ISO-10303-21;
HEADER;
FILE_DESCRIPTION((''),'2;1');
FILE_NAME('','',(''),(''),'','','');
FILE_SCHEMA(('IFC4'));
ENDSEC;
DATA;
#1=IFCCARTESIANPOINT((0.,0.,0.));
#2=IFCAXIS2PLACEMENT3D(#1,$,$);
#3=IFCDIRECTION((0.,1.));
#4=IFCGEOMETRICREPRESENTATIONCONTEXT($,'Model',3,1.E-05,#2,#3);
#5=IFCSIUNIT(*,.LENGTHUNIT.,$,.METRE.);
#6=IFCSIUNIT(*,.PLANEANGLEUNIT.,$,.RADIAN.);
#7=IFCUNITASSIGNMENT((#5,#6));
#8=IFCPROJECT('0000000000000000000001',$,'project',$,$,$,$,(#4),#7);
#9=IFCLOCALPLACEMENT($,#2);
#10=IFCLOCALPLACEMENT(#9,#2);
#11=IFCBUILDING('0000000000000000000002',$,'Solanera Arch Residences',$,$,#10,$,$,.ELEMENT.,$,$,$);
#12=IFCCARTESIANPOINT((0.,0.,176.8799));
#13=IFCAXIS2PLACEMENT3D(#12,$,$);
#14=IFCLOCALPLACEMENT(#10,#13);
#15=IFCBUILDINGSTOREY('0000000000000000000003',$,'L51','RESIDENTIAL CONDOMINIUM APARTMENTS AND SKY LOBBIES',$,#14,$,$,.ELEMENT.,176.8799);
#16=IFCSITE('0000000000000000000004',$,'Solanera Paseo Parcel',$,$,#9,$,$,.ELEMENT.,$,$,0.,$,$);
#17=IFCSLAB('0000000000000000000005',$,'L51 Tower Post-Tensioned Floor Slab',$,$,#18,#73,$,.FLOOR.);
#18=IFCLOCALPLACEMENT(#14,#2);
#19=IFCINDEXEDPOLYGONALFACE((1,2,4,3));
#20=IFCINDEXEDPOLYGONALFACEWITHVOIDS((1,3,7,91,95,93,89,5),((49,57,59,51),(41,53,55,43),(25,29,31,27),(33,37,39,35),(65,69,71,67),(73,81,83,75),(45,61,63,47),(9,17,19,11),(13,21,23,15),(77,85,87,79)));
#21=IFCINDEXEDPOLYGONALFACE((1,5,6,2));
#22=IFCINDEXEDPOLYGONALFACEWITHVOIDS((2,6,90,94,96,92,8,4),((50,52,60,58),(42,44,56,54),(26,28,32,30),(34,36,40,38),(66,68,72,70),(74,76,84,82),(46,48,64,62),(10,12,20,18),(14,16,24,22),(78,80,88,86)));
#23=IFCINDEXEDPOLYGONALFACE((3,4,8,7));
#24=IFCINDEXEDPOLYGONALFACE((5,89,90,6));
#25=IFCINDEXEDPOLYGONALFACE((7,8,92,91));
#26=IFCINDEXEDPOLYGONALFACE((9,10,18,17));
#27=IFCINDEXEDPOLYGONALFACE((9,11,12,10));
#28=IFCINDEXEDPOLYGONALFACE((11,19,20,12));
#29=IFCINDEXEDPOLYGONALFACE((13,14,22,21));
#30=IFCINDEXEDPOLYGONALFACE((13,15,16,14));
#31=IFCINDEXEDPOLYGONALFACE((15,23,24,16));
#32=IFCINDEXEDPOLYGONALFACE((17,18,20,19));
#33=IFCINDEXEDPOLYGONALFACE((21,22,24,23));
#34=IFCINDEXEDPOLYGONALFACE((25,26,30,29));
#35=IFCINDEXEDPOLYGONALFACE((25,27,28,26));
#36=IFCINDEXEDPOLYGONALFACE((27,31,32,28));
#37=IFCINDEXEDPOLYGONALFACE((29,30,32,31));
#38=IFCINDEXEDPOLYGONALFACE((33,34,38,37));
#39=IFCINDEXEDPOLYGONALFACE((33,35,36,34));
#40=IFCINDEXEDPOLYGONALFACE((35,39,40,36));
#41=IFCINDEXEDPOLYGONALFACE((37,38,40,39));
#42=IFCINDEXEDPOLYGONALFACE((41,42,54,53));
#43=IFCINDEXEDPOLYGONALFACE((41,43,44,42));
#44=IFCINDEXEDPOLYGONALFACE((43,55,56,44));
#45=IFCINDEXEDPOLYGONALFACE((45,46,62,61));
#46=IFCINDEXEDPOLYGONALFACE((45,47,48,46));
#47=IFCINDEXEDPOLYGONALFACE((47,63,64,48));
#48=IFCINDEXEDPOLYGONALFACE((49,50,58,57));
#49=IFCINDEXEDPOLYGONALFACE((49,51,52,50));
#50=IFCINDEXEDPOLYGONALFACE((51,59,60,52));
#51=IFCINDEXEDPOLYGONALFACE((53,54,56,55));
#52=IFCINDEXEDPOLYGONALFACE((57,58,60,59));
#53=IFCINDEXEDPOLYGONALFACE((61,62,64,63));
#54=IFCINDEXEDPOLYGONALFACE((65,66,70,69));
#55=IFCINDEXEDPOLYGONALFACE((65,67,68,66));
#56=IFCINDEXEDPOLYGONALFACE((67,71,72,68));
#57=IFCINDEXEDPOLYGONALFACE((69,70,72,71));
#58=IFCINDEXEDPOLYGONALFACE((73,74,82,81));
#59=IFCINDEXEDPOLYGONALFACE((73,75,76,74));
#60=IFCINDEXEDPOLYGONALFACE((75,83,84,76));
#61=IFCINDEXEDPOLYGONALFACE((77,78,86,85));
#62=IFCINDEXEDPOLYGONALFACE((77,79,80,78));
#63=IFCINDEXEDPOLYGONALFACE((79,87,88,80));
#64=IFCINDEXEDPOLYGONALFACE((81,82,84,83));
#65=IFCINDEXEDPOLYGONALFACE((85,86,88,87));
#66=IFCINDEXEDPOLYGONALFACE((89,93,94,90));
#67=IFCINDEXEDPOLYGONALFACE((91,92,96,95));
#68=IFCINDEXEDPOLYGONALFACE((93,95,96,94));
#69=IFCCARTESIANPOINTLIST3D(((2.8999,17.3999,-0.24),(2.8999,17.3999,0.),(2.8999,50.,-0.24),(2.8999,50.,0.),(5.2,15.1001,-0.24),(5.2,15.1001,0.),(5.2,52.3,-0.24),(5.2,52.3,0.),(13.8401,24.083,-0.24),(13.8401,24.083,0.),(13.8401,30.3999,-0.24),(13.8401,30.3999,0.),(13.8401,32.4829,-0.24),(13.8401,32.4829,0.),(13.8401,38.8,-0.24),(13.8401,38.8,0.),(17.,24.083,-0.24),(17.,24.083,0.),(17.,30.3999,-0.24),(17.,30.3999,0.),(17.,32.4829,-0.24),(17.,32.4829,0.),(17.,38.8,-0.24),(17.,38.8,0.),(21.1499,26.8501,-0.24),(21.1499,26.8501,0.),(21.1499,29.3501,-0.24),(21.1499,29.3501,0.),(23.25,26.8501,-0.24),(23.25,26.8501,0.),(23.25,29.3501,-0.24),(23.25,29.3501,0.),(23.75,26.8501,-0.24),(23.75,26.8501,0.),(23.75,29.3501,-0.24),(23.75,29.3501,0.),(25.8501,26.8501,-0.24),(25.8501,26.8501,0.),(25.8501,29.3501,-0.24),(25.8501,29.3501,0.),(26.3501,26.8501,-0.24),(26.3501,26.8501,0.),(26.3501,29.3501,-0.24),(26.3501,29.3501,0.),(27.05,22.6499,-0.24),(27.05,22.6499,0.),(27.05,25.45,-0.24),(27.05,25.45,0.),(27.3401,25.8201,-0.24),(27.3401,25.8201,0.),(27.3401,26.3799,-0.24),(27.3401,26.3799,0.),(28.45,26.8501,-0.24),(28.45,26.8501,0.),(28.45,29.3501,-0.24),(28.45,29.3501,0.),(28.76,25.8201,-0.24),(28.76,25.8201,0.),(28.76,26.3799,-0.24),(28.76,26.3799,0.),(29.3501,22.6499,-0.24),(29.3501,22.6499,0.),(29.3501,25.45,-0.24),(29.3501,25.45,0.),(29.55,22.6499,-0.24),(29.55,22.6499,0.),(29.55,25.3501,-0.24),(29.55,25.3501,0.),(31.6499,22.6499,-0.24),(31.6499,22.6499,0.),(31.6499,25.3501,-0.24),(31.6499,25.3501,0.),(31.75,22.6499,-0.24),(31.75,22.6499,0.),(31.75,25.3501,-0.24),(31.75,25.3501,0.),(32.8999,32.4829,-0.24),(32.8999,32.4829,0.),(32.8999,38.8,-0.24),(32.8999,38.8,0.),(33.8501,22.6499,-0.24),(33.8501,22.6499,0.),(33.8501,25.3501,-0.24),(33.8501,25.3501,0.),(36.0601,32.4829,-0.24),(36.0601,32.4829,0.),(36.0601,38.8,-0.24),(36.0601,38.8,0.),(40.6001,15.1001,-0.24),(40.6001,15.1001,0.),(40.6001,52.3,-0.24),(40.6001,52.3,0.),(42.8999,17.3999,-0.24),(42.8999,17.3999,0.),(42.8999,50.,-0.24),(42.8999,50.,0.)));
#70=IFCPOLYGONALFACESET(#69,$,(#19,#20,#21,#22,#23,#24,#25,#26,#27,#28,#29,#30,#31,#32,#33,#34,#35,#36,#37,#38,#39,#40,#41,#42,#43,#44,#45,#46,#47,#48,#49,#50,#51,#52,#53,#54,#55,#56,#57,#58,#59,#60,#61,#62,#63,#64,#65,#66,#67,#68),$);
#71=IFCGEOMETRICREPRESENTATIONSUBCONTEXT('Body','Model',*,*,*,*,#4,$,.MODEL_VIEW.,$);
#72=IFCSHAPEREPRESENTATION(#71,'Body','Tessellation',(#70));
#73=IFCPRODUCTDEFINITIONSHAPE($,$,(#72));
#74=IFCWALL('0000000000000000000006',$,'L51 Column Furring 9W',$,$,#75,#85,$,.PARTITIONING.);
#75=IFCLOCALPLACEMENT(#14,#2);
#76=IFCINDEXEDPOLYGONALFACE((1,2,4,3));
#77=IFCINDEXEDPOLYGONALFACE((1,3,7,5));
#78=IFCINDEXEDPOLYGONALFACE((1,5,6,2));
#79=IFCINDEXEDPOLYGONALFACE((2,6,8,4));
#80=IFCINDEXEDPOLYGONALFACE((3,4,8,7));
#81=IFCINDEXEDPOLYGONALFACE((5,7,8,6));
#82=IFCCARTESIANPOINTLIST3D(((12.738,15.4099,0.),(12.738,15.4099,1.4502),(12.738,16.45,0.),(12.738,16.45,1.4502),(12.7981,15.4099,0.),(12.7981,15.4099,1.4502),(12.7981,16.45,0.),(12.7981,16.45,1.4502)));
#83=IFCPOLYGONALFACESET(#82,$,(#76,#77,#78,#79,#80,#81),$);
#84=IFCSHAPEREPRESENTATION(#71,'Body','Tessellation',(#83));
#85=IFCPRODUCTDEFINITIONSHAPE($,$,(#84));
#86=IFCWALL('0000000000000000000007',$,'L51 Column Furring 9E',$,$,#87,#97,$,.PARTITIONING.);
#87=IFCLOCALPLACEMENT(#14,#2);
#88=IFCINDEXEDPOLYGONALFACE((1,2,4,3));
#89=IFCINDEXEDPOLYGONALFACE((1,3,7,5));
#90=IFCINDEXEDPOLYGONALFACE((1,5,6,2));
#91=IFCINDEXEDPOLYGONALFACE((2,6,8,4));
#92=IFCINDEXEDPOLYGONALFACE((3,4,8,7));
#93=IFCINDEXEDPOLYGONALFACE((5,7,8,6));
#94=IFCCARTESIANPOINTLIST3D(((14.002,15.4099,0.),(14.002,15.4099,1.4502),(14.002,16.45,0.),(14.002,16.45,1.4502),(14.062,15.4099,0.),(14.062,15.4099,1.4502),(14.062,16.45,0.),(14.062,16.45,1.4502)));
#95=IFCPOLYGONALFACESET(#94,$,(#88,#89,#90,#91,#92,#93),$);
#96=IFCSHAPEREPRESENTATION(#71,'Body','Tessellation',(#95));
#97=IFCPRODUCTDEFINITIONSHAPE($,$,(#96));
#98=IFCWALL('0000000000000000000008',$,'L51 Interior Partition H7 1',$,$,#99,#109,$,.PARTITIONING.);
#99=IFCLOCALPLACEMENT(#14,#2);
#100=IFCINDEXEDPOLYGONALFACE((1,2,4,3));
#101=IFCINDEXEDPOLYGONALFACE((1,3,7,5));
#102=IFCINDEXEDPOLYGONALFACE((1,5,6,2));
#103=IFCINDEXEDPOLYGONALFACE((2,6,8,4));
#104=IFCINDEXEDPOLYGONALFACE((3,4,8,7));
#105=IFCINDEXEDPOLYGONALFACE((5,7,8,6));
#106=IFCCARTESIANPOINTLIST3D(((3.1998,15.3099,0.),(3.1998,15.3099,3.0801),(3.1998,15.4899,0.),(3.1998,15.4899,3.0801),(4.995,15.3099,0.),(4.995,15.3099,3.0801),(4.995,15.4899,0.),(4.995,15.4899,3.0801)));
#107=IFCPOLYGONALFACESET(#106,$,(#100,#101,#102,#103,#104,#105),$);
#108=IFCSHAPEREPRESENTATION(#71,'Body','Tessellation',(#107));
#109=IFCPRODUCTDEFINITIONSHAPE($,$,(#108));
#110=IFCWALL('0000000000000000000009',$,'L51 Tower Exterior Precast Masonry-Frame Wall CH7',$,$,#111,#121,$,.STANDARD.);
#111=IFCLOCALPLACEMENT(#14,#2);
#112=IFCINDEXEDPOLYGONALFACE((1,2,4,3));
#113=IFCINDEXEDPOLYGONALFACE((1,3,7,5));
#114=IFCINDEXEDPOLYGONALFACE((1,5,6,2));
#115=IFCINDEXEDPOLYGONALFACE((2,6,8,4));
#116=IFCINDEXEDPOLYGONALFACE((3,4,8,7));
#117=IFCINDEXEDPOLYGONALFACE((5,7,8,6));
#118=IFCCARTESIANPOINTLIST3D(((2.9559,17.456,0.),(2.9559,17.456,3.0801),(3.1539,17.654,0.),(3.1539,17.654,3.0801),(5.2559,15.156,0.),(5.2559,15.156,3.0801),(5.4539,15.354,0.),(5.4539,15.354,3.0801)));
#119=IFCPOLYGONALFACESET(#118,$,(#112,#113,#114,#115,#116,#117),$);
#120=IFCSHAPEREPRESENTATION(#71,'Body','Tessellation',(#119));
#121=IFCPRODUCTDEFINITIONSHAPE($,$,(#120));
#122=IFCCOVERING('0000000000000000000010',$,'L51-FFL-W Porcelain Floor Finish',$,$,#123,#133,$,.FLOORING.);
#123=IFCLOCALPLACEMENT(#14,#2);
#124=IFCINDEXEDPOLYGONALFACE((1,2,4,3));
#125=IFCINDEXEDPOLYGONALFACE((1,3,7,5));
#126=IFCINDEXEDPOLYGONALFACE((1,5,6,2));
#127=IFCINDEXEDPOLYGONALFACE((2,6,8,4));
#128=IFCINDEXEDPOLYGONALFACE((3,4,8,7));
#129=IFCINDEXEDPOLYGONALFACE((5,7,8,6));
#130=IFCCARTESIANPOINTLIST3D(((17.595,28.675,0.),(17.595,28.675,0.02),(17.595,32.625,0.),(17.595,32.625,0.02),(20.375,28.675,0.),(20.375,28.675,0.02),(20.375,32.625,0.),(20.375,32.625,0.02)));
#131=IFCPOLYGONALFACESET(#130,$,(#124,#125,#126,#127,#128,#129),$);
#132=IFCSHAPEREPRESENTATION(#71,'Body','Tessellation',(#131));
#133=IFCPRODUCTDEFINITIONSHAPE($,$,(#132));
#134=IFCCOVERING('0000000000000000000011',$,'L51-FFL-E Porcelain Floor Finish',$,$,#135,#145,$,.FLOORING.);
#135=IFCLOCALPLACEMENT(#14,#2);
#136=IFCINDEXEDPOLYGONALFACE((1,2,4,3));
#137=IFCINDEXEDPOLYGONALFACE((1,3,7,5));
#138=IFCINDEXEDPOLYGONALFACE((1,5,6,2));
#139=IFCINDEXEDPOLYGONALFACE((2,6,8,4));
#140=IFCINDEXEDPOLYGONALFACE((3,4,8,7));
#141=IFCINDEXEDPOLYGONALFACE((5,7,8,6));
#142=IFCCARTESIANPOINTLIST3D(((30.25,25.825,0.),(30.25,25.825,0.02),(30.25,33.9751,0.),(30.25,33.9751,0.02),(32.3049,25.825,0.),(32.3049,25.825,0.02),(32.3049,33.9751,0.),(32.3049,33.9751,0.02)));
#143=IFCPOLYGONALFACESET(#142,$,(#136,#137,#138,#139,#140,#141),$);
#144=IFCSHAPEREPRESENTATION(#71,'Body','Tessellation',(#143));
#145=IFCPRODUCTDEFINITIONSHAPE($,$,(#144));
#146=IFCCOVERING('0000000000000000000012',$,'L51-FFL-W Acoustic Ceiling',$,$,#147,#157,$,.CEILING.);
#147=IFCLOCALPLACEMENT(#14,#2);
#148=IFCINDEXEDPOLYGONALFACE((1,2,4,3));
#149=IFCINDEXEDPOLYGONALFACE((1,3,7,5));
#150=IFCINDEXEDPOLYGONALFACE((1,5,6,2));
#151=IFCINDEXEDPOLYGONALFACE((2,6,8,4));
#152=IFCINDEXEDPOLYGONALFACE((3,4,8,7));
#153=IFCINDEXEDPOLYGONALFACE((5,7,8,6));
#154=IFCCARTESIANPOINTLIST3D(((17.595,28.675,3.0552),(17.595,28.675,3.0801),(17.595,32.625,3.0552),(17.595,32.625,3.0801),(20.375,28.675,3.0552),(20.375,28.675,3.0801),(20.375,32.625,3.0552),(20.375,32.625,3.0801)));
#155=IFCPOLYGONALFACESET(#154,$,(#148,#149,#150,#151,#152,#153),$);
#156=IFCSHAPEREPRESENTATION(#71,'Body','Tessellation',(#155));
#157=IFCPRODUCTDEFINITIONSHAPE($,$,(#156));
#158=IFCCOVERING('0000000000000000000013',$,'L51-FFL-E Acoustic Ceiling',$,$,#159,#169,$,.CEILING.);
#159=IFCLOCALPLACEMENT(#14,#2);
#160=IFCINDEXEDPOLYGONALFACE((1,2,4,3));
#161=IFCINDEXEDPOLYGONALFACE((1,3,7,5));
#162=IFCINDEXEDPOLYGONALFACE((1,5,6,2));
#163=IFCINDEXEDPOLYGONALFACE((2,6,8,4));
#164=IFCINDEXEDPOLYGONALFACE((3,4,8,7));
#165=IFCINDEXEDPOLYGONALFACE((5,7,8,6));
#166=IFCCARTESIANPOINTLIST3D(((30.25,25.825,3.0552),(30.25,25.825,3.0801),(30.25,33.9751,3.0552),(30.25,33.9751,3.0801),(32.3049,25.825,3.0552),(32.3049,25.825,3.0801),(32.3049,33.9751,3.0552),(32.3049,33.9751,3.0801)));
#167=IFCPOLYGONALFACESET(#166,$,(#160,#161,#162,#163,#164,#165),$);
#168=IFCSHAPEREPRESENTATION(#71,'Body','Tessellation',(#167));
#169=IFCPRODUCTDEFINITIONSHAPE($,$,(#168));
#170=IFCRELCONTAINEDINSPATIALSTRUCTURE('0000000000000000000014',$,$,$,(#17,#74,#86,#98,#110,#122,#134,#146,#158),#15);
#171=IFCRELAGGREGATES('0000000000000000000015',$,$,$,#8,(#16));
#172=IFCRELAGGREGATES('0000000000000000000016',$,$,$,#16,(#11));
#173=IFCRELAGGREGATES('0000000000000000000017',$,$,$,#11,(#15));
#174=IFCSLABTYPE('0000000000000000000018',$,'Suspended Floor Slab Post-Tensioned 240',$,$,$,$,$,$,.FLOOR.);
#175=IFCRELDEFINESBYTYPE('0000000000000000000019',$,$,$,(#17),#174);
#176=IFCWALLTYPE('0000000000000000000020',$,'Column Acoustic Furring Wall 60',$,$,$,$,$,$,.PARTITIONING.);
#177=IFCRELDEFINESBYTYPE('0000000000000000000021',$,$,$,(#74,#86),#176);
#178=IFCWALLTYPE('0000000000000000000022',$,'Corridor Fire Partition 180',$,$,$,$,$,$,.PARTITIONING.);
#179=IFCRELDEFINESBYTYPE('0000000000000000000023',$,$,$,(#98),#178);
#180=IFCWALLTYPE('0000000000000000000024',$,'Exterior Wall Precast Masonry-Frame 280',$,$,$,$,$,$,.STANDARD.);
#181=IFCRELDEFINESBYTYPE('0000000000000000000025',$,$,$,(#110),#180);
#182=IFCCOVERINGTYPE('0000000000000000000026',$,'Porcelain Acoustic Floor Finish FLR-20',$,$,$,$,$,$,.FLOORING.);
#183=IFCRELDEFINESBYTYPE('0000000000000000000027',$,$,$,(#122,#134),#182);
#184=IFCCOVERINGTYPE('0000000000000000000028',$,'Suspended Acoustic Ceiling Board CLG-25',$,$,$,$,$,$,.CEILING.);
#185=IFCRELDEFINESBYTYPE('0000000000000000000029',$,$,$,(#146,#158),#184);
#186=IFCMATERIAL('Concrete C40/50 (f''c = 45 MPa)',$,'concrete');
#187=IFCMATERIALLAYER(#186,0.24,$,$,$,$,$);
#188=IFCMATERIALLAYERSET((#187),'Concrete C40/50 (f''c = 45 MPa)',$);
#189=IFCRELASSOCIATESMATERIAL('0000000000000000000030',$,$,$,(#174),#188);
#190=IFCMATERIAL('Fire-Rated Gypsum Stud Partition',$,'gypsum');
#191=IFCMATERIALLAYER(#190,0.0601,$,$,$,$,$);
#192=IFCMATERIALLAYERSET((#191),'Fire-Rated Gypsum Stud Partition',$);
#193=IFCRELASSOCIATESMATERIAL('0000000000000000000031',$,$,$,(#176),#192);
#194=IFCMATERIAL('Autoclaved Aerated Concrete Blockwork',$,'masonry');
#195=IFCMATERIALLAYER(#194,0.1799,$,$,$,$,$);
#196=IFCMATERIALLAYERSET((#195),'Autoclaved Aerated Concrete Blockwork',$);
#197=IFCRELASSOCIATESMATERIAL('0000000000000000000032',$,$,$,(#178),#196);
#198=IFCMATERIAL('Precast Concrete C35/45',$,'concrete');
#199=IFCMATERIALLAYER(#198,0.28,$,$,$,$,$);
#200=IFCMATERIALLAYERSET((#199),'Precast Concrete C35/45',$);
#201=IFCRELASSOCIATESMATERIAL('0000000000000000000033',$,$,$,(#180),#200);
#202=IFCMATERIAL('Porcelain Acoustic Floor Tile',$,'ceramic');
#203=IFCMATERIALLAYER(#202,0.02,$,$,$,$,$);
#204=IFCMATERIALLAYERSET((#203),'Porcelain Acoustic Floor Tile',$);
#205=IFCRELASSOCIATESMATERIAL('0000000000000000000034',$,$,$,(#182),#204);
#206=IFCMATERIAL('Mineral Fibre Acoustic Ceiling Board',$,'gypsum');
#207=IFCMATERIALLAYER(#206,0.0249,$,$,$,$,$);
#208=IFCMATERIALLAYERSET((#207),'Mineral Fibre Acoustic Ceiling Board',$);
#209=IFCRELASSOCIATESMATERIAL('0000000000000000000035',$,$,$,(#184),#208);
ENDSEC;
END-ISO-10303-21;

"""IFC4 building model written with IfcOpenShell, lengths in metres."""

from ifc_helpers import new_model, si_unit, direction, frame, frame_2d, origin, place, context, subcontext, project, spatial, polyline, rectangle, outline, extrude, material, layer, layer_set, type_object, element, save


model = new_model("IFC4")

# Units and contexts
model_context = context("Model", 3, precision=1e-05, world=origin(), true_north=direction((0.0, 1.0)))
body_context = subcontext(model_context, "Body", "Model", "MODEL_VIEW")
ifc_project = project(units=[si_unit("LENGTHUNIT", "METRE"), si_unit("PLANEANGLEUNIT", "RADIAN")], contexts=[model_context])

# Site, building, storey
site_placement = place(None, origin())
site = spatial("IfcSite", under=ifc_project, at=site_placement, Name="Solanera Paseo Parcel", CompositionType="ELEMENT", RefElevation=0.0)
building_placement = place(site_placement, origin())
building = spatial("IfcBuilding", under=site, at=building_placement, Name="Solanera Arch Residences", CompositionType="ELEMENT")
storey_placement = place(building_placement, frame((0.0, 0.0, 176.8799)))
storey = spatial("IfcBuildingStorey", under=building, at=storey_placement, Name="L51", Description="RESIDENTIAL CONDOMINIUM APARTMENTS AND SKY LOBBIES", CompositionType="ELEMENT", Elevation=176.8799)

# Slab
ifc_material_1 = material(Name="Concrete C40/50 (f'c = 45 MPa)", Category="concrete")
ifc_layer_1 = layer(ifc_material_1, 0.24)
ifc_layer_set_1 = layer_set([ifc_layer_1], Name="Concrete C40/50 (f'c = 45 MPa)")
slab_type_1 = type_object("IfcSlabType", Name="Suspended Floor Slab Post-Tensioned 240", PredefinedType="FLOOR", material=ifc_layer_set_1)
slab_1_placement = place(storey_placement, frame((0.0, 0.0, -0.24)))
element("IfcSlab", 1, at=slab_1_placement, inside=storey, type_object=slab_type_1, Name="L51 Tower Post-Tensioned Floor Slab", PredefinedType="FLOOR", context=body_context, shape_type="SweptSolid", body=[
    extrude(outline(polyline([(5.2, 15.1001), (40.6001, 15.1001), (42.8999, 17.3999), (42.8999, 50.0), (40.6001, 52.3), (5.2, 52.3), (2.8999, 50.0), (2.8999, 17.3999), (5.2, 15.1001)]), holes=[polyline([(13.8401, 32.4829), (13.8401, 38.8), (17.0, 38.8), (17.0, 32.4829), (13.8401, 32.4829)]), polyline([(32.8999, 32.4829), (32.8999, 38.8), (36.0601, 38.8), (36.0601, 32.4829), (32.8999, 32.4829)]), polyline([(13.8401, 24.083), (13.8401, 30.3999), (17.0, 30.3999), (17.0, 24.083), (13.8401, 24.083)]), polyline([(21.1499, 29.3501), (23.25, 29.3501), (23.25, 26.8501), (21.1499, 26.8501), (21.1499, 29.3501)]), polyline([(23.75, 29.3501), (25.8501, 29.3501), (25.8501, 26.8501), (23.75, 26.8501), (23.75, 29.3501)]), polyline([(26.3501, 29.3501), (28.45, 29.3501), (28.45, 26.8501), (26.3501, 26.8501), (26.3501, 29.3501)]), polyline([(29.55, 25.3501), (31.6499, 25.3501), (31.6499, 22.6499), (29.55, 22.6499), (29.55, 25.3501)]), polyline([(31.75, 25.3501), (33.8501, 25.3501), (33.8501, 22.6499), (31.75, 22.6499), (31.75, 25.3501)]), polyline([(27.05, 25.45), (29.3501, 25.45), (29.3501, 22.6499), (27.05, 22.6499), (27.05, 25.45)]), polyline([(27.3401, 26.3799), (28.76, 26.3799), (28.76, 25.8201), (27.3401, 25.8201), (27.3401, 26.3799)])]), origin(), (0.0, 0.0, 1.0), 0.24),
])

# Walls
ifc_material_2 = material(Name="Fire-Rated Gypsum Stud Partition", Category="gypsum")
ifc_layer_2 = layer(ifc_material_2, 0.0601)
ifc_layer_set_2 = layer_set([ifc_layer_2], Name="Fire-Rated Gypsum Stud Partition")
wall_type_1 = type_object("IfcWallType", Name="Column Acoustic Furring Wall 60", PredefinedType="PARTITIONING", material=ifc_layer_set_2)
for number, where, z_axis, x_axis, name in (
    (2, (12.7681, 15.4099, 0.0), (0.0, 0.0, 1.0), (0.0, 1.0, 0.0), "L51 Column Furring 9W"),
    (3, (14.032, 15.4099, 0.0), (0.0, 0.0, 1.0), (0.0, 1.0, 0.0), "L51 Column Furring 9E"),
):
    element("IfcWall", number, at=place(storey_placement, frame(where, z_axis=z_axis, x_axis=x_axis)), inside=storey, type_object=wall_type_1, Name=name, PredefinedType="PARTITIONING", context=body_context, shape_type="SweptSolid", body=[
        extrude(rectangle(XDim=1.04, YDim=0.0601, at=frame_2d((0.52, 0.0))), origin(), (0.0, 0.0, 1.0), 1.4502),
    ])
ifc_material_3 = material(Name="Autoclaved Aerated Concrete Blockwork", Category="masonry")
ifc_layer_3 = layer(ifc_material_3, 0.1799)
ifc_layer_set_3 = layer_set([ifc_layer_3], Name="Autoclaved Aerated Concrete Blockwork")
wall_type_2 = type_object("IfcWallType", Name="Corridor Fire Partition 180", PredefinedType="PARTITIONING", material=ifc_layer_set_3)
wall_1_placement = place(storey_placement, frame((3.2, 15.3999, 0.0), z_axis=(0.0, 0.0, 1.0), x_axis=(1.0, 0.0, 0.0)))
element("IfcWall", 4, at=wall_1_placement, inside=storey, type_object=wall_type_2, Name="L51 Interior Partition H7 1", PredefinedType="PARTITIONING", context=body_context, shape_type="SweptSolid", body=[
    extrude(rectangle(XDim=1.7952, YDim=0.1799, at=frame_2d((0.8975, 0.0))), origin(), (0.0, 0.0, 1.0), 3.0801),
])
ifc_material_4 = material(Name="Precast Concrete C35/45", Category="concrete")
ifc_layer_4 = layer(ifc_material_4, 0.28)
ifc_layer_set_4 = layer_set([ifc_layer_4], Name="Precast Concrete C35/45")
wall_type_3 = type_object("IfcWallType", Name="Exterior Wall Precast Masonry-Frame 280", PredefinedType="STANDARD", material=ifc_layer_set_4)
wall_2_placement = place(storey_placement, frame((5.355, 15.2549, 0.0), z_axis=(0.0, 0.0, 1.0), x_axis=(-0.707107, 0.707107, 0.0)))
element("IfcWall", 5, at=wall_2_placement, inside=storey, type_object=wall_type_3, Name="L51 Tower Exterior Precast Masonry-Frame Wall CH7", PredefinedType="STANDARD", context=body_context, shape_type="SweptSolid", body=[
    extrude(rectangle(XDim=3.2527, YDim=0.28, at=frame_2d((1.6265, 0.0))), origin(), (0.0, 0.0, 1.0), 3.0801),
])

# Coverings
ifc_material_5 = material(Name="Porcelain Acoustic Floor Tile", Category="ceramic")
ifc_layer_5 = layer(ifc_material_5, 0.02)
ifc_layer_set_5 = layer_set([ifc_layer_5], Name="Porcelain Acoustic Floor Tile")
covering_type_1 = type_object("IfcCoveringType", Name="Porcelain Acoustic Floor Finish FLR-20", PredefinedType="FLOORING", material=ifc_layer_set_5)
covering_1_placement = place(storey_placement, origin())
element("IfcCovering", 6, at=covering_1_placement, inside=storey, type_object=covering_type_1, Name="L51-FFL-W Porcelain Floor Finish", PredefinedType="FLOORING", context=body_context, shape_type="SweptSolid", body=[
    extrude(outline(polyline([(20.375, 28.675), (17.595, 28.675), (17.595, 32.625), (20.375, 32.625), (20.375, 28.675)])), origin(), (0.0, 0.0, 1.0), 0.02),
])
covering_2_placement = place(storey_placement, origin())
element("IfcCovering", 7, at=covering_2_placement, inside=storey, type_object=covering_type_1, Name="L51-FFL-E Porcelain Floor Finish", PredefinedType="FLOORING", context=body_context, shape_type="SweptSolid", body=[
    extrude(outline(polyline([(32.3049, 25.825), (30.25, 25.825), (30.25, 33.9751), (32.3049, 33.9751), (32.3049, 25.825)])), origin(), (0.0, 0.0, 1.0), 0.02),
])
ifc_material_6 = material(Name="Mineral Fibre Acoustic Ceiling Board", Category="gypsum")
ifc_layer_6 = layer(ifc_material_6, 0.0249)
ifc_layer_set_6 = layer_set([ifc_layer_6], Name="Mineral Fibre Acoustic Ceiling Board")
covering_type_2 = type_object("IfcCoveringType", Name="Suspended Acoustic Ceiling Board CLG-25", PredefinedType="CEILING", material=ifc_layer_set_6)
covering_3_placement = place(storey_placement, frame((0.0, 0.0, 3.0552)))
element("IfcCovering", 8, at=covering_3_placement, inside=storey, type_object=covering_type_2, Name="L51-FFL-W Acoustic Ceiling", PredefinedType="CEILING", context=body_context, shape_type="SweptSolid", body=[
    extrude(outline(polyline([(20.375, 28.675), (17.595, 28.675), (17.595, 32.625), (20.375, 32.625), (20.375, 28.675)])), origin(), (0.0, 0.0, 1.0), 0.0249),
])
covering_4_placement = place(storey_placement, frame((0.0, 0.0, 3.0552)))
element("IfcCovering", 9, at=covering_4_placement, inside=storey, type_object=covering_type_2, Name="L51-FFL-E Acoustic Ceiling", PredefinedType="CEILING", context=body_context, shape_type="SweptSolid", body=[
    extrude(outline(polyline([(32.3049, 25.825), (30.25, 25.825), (30.25, 33.9751), (32.3049, 33.9751), (32.3049, 25.825)])), origin(), (0.0, 0.0, 1.0), 0.0249),
])

save(model, "model.ifc")
